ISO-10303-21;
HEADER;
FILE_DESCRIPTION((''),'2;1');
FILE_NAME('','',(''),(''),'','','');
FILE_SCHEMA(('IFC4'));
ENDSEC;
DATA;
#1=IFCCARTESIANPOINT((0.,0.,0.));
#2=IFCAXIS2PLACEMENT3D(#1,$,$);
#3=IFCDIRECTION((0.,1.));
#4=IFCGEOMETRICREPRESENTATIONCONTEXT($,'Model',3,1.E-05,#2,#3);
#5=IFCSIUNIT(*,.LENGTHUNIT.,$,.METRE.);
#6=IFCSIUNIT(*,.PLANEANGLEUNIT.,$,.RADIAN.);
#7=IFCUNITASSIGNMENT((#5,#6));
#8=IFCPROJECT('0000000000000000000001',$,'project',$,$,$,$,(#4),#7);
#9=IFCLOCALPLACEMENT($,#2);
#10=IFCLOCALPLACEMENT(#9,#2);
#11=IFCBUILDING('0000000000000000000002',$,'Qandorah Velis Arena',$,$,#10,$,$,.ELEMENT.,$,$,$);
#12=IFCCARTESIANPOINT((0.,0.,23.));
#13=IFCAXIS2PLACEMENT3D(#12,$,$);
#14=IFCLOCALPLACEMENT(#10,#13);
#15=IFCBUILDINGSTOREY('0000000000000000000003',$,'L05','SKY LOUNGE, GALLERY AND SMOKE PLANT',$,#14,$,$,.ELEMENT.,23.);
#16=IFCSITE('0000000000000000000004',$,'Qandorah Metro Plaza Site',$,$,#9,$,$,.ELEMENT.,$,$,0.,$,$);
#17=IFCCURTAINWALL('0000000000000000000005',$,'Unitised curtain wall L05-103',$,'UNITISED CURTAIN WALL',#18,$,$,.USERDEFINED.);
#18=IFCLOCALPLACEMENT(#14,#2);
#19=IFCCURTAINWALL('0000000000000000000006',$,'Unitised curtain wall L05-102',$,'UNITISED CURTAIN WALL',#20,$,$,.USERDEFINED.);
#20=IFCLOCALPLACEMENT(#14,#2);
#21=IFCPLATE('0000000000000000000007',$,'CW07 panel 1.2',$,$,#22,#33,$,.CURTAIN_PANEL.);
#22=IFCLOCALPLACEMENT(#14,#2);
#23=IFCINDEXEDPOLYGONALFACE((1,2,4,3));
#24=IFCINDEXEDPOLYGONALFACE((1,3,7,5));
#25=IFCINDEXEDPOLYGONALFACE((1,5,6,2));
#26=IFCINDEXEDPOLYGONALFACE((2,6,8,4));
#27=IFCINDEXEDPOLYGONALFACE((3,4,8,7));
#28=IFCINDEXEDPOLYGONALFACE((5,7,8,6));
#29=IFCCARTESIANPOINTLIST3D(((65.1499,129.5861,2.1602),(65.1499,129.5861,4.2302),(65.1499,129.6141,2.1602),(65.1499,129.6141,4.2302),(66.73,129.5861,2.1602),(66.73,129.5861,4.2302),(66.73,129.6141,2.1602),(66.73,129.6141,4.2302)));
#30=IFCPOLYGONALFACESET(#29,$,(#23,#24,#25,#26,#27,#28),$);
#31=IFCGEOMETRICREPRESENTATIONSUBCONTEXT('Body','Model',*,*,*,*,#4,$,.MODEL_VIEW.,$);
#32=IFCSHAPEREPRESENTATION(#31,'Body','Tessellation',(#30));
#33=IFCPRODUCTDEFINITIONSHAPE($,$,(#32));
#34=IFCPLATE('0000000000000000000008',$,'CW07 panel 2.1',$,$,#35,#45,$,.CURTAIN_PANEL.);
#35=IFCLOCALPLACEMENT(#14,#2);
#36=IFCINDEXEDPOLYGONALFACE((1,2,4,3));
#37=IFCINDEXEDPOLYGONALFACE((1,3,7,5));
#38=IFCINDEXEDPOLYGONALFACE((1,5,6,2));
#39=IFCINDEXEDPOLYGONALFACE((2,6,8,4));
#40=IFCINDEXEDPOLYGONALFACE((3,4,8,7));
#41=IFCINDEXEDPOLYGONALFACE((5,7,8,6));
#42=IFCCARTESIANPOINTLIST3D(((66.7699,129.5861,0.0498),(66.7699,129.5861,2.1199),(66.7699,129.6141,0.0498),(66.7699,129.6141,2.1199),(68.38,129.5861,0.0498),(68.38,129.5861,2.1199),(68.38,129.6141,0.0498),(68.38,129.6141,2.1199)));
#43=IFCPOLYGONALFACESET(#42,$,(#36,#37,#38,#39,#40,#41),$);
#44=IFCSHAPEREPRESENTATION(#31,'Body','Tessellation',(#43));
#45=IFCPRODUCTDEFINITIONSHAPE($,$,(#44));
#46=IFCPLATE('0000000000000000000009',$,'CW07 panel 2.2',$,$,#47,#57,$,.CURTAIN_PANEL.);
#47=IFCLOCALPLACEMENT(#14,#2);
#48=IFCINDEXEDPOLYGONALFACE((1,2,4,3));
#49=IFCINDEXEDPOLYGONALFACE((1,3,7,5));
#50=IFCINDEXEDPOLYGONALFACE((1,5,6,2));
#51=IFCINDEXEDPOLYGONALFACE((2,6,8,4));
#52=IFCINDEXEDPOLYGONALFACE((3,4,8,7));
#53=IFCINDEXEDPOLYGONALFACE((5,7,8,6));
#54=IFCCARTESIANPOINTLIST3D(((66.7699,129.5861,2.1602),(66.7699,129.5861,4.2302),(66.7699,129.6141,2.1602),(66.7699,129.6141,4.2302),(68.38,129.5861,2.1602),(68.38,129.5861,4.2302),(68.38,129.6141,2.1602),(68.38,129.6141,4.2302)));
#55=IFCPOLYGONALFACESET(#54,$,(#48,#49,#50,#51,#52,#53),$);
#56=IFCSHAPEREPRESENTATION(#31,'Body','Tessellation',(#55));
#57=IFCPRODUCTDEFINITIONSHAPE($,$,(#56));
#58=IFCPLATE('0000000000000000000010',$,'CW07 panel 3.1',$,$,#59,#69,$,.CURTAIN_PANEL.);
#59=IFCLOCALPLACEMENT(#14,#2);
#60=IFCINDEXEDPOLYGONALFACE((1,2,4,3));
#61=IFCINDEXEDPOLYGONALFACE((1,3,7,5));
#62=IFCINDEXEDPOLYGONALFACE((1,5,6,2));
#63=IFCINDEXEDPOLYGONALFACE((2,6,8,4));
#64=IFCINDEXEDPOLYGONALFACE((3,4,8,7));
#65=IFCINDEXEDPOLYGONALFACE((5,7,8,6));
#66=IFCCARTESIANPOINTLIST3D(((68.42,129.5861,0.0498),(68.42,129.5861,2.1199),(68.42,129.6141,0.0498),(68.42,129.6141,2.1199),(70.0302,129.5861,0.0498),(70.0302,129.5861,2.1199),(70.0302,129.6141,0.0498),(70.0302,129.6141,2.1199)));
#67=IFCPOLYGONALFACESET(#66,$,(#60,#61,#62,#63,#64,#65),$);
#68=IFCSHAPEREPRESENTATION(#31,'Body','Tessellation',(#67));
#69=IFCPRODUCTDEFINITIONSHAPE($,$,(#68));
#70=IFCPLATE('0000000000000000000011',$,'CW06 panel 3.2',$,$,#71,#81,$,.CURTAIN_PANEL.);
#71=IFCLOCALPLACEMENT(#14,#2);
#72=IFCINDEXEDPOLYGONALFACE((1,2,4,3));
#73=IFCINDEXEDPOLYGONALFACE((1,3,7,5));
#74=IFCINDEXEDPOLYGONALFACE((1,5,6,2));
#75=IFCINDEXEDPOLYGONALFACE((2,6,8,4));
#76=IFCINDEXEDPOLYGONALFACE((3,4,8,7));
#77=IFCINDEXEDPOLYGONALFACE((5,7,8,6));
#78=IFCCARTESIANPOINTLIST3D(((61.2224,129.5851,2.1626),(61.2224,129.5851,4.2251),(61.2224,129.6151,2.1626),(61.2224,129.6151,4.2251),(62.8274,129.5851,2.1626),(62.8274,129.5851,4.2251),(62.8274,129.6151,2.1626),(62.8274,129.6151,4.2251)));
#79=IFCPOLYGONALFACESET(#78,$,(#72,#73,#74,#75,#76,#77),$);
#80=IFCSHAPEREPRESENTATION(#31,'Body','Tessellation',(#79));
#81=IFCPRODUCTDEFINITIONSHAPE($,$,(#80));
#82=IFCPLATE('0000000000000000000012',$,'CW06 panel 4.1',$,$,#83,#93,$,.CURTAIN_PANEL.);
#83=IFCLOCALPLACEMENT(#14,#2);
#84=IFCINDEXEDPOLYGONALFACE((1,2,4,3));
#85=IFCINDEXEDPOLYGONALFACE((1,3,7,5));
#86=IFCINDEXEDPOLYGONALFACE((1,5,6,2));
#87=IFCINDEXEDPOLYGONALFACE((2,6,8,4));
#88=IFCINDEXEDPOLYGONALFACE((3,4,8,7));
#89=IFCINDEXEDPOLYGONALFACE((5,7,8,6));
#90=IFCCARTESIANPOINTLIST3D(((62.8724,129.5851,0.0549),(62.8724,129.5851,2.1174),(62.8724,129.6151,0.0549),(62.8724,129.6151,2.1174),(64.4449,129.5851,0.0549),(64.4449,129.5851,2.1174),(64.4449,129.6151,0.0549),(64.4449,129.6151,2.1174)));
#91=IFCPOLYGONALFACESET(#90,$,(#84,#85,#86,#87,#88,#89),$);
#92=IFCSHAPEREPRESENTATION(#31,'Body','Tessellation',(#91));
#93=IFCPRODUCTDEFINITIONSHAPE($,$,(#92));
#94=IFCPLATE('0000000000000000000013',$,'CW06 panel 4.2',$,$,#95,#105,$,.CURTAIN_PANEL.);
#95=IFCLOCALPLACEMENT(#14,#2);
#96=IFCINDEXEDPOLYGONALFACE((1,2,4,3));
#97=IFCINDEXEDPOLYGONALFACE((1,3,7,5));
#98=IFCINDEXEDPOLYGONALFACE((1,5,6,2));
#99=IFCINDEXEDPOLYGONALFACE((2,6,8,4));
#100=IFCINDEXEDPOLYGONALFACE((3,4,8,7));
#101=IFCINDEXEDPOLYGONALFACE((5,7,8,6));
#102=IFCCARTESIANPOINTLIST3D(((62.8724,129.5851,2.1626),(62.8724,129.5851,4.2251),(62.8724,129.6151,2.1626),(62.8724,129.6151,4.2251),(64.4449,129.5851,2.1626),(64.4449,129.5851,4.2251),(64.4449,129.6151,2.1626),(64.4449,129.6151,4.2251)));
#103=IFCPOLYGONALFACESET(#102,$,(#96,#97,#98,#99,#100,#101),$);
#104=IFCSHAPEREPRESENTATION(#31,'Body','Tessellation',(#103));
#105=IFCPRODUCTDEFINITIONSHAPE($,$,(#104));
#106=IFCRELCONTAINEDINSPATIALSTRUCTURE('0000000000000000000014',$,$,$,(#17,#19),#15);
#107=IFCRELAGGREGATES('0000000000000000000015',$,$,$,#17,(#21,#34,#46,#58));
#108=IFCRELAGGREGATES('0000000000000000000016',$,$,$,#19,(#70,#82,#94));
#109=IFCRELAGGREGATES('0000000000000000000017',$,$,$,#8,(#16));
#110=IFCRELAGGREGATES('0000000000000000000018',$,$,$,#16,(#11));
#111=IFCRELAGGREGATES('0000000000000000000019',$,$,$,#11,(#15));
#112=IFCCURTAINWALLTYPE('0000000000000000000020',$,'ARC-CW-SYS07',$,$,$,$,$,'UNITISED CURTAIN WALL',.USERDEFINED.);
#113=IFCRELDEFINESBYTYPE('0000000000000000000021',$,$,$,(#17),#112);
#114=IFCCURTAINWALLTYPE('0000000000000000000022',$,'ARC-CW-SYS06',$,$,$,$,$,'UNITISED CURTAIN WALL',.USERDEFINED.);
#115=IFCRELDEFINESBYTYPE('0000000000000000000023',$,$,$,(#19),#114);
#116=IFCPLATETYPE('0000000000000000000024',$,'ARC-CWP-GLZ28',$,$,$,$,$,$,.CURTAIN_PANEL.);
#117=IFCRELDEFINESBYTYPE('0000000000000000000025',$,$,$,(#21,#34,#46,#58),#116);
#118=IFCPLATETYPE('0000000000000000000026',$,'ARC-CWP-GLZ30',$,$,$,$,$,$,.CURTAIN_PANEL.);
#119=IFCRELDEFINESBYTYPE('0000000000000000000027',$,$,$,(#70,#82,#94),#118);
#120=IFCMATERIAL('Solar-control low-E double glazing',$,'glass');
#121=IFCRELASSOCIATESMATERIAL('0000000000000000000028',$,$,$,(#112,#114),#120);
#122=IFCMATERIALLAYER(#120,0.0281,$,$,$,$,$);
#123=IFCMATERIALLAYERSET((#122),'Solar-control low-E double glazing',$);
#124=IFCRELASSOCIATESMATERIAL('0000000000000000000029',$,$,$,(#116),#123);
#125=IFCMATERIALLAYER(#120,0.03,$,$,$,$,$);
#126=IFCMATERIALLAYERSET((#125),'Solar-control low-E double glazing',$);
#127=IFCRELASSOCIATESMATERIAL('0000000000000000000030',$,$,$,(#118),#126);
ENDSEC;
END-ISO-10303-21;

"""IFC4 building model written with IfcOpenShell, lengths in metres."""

from ifc_helpers import new_model, si_unit, direction, frame, origin, origin_2d, place, context, subcontext, project, spatial, rectangle, extrude, material, layer, layer_set, type_object, element, aggregate, save


model = new_model("IFC4")

# Units and contexts
model_context = context("Model", 3, precision=1e-05, world=origin(), true_north=direction((0.0, 1.0)))
body_context = subcontext(model_context, "Body", "Model", "MODEL_VIEW")
ifc_project = project(units=[si_unit("LENGTHUNIT", "METRE"), si_unit("PLANEANGLEUNIT", "RADIAN")], contexts=[model_context])

# Site, building, storey
site_placement = place(None, origin())
site = spatial("IfcSite", under=ifc_project, at=site_placement, Name="Qandorah Metro Plaza Site", CompositionType="ELEMENT", RefElevation=0.0)
building_placement = place(site_placement, origin())
building = spatial("IfcBuilding", under=site, at=building_placement, Name="Qandorah Velis Arena", CompositionType="ELEMENT")
storey_placement = place(building_placement, frame((0.0, 0.0, 23.0)))
storey = spatial("IfcBuildingStorey", under=building, at=storey_placement, Name="L05", Description="SKY LOUNGE, GALLERY AND SMOKE PLANT", CompositionType="ELEMENT", Elevation=23.0)

# Curtain walls
ifc_material_1 = material(Name="Solar-control low-E double glazing", Category="glass")
curtain_wall_type_1 = type_object("IfcCurtainWallType", Name="ARC-CW-SYS07", ElementType="UNITISED CURTAIN WALL", PredefinedType="USERDEFINED", material=ifc_material_1)
curtain_wall_1_placement = place(storey_placement, origin())
curtain_wall_1 = element("IfcCurtainWall", 1, at=curtain_wall_1_placement, inside=storey, type_object=curtain_wall_type_1, Name="Unitised curtain wall L05-103", ObjectType="UNITISED CURTAIN WALL", PredefinedType="USERDEFINED")
curtain_wall_type_2 = type_object("IfcCurtainWallType", Name="ARC-CW-SYS06", ElementType="UNITISED CURTAIN WALL", PredefinedType="USERDEFINED", material=ifc_material_1)
curtain_wall_2_placement = place(storey_placement, origin())
curtain_wall_2 = element("IfcCurtainWall", 2, at=curtain_wall_2_placement, inside=storey, type_object=curtain_wall_type_2, Name="Unitised curtain wall L05-102", ObjectType="UNITISED CURTAIN WALL", PredefinedType="USERDEFINED")

# Plates
ifc_layer_1 = layer(ifc_material_1, 0.0281)
ifc_layer_set_1 = layer_set([ifc_layer_1], Name="Solar-control low-E double glazing")
plate_type_1 = type_object("IfcPlateType", Name="ARC-CWP-GLZ28", PredefinedType="CURTAIN_PANEL", material=ifc_layer_set_1)
plate_1_placement = place(storey_placement, frame((65.9399, 129.6001, 2.1602), z_axis=(0.0, 0.0, 1.0), x_axis=(1.0, 0.0, 0.0)))
plate_1 = element("IfcPlate", 3, at=plate_1_placement, type_object=plate_type_1, Name="CW07 panel 1.2", PredefinedType="CURTAIN_PANEL", context=body_context, shape_type="SweptSolid", body=[
    extrude(rectangle(XDim=1.5801, YDim=0.0281, at=origin_2d()), origin(), (0.0, 0.0, 1.0), 2.0701),
])
plate_2_placement = place(storey_placement, frame((67.575, 129.6001, 0.0498), z_axis=(0.0, 0.0, 1.0), x_axis=(1.0, 0.0, 0.0)))
plate_2 = element("IfcPlate", 4, at=plate_2_placement, type_object=plate_type_1, Name="CW07 panel 2.1", PredefinedType="CURTAIN_PANEL", context=body_context, shape_type="SweptSolid", body=[
    extrude(rectangle(XDim=1.6101, YDim=0.0281, at=origin_2d()), origin(), (0.0, 0.0, 1.0), 2.0701),
])
plate_3_placement = place(storey_placement, frame((67.575, 129.6001, 2.1602), z_axis=(0.0, 0.0, 1.0), x_axis=(1.0, 0.0, 0.0)))
plate_3 = element("IfcPlate", 5, at=plate_3_placement, type_object=plate_type_1, Name="CW07 panel 2.2", PredefinedType="CURTAIN_PANEL", context=body_context, shape_type="SweptSolid", body=[
    extrude(rectangle(XDim=1.6101, YDim=0.0281, at=origin_2d()), origin(), (0.0, 0.0, 1.0), 2.0701),
])
plate_4_placement = place(storey_placement, frame((69.2251, 129.6001, 0.0498), z_axis=(0.0, 0.0, 1.0), x_axis=(1.0, 0.0, 0.0)))
plate_4 = element("IfcPlate", 6, at=plate_4_placement, type_object=plate_type_1, Name="CW07 panel 3.1", PredefinedType="CURTAIN_PANEL", context=body_context, shape_type="SweptSolid", body=[
    extrude(rectangle(XDim=1.6101, YDim=0.0281, at=origin_2d()), origin(), (0.0, 0.0, 1.0), 2.0701),
])
aggregate(curtain_wall_1, [plate_1, plate_2, plate_3, plate_4])
ifc_layer_2 = layer(ifc_material_1, 0.03)
ifc_layer_set_2 = layer_set([ifc_layer_2], Name="Solar-control low-E double glazing")
plate_type_2 = type_object("IfcPlateType", Name="ARC-CWP-GLZ30", PredefinedType="CURTAIN_PANEL", material=ifc_layer_set_2)
plate_5_placement = place(storey_placement, frame((62.0249, 129.6001, 2.1626), z_axis=(0.0, 0.0, 1.0), x_axis=(1.0, 0.0, 0.0)))
plate_5 = element("IfcPlate", 7, at=plate_5_placement, type_object=plate_type_2, Name="CW06 panel 3.2", PredefinedType="CURTAIN_PANEL", context=body_context, shape_type="SweptSolid", body=[
    extrude(rectangle(XDim=1.605, YDim=0.03, at=origin_2d()), origin(), (0.0, 0.0, 1.0), 2.0625),
])
plate_6_placement = place(storey_placement, frame((63.6587, 129.6001, 0.0549), z_axis=(0.0, 0.0, 1.0), x_axis=(1.0, 0.0, 0.0)))
plate_6 = element("IfcPlate", 8, at=plate_6_placement, type_object=plate_type_2, Name="CW06 panel 4.1", PredefinedType="CURTAIN_PANEL", context=body_context, shape_type="SweptSolid", body=[
    extrude(rectangle(XDim=1.5725, YDim=0.03, at=origin_2d()), origin(), (0.0, 0.0, 1.0), 2.0625),
])
plate_7_placement = place(storey_placement, frame((63.6587, 129.6001, 2.1626), z_axis=(0.0, 0.0, 1.0), x_axis=(1.0, 0.0, 0.0)))
plate_7 = element("IfcPlate", 9, at=plate_7_placement, type_object=plate_type_2, Name="CW06 panel 4.2", PredefinedType="CURTAIN_PANEL", context=body_context, shape_type="SweptSolid", body=[
    extrude(rectangle(XDim=1.5725, YDim=0.03, at=origin_2d()), origin(), (0.0, 0.0, 1.0), 2.0625),
])
aggregate(curtain_wall_2, [plate_5, plate_6, plate_7])

save(model, "model.ifc")
